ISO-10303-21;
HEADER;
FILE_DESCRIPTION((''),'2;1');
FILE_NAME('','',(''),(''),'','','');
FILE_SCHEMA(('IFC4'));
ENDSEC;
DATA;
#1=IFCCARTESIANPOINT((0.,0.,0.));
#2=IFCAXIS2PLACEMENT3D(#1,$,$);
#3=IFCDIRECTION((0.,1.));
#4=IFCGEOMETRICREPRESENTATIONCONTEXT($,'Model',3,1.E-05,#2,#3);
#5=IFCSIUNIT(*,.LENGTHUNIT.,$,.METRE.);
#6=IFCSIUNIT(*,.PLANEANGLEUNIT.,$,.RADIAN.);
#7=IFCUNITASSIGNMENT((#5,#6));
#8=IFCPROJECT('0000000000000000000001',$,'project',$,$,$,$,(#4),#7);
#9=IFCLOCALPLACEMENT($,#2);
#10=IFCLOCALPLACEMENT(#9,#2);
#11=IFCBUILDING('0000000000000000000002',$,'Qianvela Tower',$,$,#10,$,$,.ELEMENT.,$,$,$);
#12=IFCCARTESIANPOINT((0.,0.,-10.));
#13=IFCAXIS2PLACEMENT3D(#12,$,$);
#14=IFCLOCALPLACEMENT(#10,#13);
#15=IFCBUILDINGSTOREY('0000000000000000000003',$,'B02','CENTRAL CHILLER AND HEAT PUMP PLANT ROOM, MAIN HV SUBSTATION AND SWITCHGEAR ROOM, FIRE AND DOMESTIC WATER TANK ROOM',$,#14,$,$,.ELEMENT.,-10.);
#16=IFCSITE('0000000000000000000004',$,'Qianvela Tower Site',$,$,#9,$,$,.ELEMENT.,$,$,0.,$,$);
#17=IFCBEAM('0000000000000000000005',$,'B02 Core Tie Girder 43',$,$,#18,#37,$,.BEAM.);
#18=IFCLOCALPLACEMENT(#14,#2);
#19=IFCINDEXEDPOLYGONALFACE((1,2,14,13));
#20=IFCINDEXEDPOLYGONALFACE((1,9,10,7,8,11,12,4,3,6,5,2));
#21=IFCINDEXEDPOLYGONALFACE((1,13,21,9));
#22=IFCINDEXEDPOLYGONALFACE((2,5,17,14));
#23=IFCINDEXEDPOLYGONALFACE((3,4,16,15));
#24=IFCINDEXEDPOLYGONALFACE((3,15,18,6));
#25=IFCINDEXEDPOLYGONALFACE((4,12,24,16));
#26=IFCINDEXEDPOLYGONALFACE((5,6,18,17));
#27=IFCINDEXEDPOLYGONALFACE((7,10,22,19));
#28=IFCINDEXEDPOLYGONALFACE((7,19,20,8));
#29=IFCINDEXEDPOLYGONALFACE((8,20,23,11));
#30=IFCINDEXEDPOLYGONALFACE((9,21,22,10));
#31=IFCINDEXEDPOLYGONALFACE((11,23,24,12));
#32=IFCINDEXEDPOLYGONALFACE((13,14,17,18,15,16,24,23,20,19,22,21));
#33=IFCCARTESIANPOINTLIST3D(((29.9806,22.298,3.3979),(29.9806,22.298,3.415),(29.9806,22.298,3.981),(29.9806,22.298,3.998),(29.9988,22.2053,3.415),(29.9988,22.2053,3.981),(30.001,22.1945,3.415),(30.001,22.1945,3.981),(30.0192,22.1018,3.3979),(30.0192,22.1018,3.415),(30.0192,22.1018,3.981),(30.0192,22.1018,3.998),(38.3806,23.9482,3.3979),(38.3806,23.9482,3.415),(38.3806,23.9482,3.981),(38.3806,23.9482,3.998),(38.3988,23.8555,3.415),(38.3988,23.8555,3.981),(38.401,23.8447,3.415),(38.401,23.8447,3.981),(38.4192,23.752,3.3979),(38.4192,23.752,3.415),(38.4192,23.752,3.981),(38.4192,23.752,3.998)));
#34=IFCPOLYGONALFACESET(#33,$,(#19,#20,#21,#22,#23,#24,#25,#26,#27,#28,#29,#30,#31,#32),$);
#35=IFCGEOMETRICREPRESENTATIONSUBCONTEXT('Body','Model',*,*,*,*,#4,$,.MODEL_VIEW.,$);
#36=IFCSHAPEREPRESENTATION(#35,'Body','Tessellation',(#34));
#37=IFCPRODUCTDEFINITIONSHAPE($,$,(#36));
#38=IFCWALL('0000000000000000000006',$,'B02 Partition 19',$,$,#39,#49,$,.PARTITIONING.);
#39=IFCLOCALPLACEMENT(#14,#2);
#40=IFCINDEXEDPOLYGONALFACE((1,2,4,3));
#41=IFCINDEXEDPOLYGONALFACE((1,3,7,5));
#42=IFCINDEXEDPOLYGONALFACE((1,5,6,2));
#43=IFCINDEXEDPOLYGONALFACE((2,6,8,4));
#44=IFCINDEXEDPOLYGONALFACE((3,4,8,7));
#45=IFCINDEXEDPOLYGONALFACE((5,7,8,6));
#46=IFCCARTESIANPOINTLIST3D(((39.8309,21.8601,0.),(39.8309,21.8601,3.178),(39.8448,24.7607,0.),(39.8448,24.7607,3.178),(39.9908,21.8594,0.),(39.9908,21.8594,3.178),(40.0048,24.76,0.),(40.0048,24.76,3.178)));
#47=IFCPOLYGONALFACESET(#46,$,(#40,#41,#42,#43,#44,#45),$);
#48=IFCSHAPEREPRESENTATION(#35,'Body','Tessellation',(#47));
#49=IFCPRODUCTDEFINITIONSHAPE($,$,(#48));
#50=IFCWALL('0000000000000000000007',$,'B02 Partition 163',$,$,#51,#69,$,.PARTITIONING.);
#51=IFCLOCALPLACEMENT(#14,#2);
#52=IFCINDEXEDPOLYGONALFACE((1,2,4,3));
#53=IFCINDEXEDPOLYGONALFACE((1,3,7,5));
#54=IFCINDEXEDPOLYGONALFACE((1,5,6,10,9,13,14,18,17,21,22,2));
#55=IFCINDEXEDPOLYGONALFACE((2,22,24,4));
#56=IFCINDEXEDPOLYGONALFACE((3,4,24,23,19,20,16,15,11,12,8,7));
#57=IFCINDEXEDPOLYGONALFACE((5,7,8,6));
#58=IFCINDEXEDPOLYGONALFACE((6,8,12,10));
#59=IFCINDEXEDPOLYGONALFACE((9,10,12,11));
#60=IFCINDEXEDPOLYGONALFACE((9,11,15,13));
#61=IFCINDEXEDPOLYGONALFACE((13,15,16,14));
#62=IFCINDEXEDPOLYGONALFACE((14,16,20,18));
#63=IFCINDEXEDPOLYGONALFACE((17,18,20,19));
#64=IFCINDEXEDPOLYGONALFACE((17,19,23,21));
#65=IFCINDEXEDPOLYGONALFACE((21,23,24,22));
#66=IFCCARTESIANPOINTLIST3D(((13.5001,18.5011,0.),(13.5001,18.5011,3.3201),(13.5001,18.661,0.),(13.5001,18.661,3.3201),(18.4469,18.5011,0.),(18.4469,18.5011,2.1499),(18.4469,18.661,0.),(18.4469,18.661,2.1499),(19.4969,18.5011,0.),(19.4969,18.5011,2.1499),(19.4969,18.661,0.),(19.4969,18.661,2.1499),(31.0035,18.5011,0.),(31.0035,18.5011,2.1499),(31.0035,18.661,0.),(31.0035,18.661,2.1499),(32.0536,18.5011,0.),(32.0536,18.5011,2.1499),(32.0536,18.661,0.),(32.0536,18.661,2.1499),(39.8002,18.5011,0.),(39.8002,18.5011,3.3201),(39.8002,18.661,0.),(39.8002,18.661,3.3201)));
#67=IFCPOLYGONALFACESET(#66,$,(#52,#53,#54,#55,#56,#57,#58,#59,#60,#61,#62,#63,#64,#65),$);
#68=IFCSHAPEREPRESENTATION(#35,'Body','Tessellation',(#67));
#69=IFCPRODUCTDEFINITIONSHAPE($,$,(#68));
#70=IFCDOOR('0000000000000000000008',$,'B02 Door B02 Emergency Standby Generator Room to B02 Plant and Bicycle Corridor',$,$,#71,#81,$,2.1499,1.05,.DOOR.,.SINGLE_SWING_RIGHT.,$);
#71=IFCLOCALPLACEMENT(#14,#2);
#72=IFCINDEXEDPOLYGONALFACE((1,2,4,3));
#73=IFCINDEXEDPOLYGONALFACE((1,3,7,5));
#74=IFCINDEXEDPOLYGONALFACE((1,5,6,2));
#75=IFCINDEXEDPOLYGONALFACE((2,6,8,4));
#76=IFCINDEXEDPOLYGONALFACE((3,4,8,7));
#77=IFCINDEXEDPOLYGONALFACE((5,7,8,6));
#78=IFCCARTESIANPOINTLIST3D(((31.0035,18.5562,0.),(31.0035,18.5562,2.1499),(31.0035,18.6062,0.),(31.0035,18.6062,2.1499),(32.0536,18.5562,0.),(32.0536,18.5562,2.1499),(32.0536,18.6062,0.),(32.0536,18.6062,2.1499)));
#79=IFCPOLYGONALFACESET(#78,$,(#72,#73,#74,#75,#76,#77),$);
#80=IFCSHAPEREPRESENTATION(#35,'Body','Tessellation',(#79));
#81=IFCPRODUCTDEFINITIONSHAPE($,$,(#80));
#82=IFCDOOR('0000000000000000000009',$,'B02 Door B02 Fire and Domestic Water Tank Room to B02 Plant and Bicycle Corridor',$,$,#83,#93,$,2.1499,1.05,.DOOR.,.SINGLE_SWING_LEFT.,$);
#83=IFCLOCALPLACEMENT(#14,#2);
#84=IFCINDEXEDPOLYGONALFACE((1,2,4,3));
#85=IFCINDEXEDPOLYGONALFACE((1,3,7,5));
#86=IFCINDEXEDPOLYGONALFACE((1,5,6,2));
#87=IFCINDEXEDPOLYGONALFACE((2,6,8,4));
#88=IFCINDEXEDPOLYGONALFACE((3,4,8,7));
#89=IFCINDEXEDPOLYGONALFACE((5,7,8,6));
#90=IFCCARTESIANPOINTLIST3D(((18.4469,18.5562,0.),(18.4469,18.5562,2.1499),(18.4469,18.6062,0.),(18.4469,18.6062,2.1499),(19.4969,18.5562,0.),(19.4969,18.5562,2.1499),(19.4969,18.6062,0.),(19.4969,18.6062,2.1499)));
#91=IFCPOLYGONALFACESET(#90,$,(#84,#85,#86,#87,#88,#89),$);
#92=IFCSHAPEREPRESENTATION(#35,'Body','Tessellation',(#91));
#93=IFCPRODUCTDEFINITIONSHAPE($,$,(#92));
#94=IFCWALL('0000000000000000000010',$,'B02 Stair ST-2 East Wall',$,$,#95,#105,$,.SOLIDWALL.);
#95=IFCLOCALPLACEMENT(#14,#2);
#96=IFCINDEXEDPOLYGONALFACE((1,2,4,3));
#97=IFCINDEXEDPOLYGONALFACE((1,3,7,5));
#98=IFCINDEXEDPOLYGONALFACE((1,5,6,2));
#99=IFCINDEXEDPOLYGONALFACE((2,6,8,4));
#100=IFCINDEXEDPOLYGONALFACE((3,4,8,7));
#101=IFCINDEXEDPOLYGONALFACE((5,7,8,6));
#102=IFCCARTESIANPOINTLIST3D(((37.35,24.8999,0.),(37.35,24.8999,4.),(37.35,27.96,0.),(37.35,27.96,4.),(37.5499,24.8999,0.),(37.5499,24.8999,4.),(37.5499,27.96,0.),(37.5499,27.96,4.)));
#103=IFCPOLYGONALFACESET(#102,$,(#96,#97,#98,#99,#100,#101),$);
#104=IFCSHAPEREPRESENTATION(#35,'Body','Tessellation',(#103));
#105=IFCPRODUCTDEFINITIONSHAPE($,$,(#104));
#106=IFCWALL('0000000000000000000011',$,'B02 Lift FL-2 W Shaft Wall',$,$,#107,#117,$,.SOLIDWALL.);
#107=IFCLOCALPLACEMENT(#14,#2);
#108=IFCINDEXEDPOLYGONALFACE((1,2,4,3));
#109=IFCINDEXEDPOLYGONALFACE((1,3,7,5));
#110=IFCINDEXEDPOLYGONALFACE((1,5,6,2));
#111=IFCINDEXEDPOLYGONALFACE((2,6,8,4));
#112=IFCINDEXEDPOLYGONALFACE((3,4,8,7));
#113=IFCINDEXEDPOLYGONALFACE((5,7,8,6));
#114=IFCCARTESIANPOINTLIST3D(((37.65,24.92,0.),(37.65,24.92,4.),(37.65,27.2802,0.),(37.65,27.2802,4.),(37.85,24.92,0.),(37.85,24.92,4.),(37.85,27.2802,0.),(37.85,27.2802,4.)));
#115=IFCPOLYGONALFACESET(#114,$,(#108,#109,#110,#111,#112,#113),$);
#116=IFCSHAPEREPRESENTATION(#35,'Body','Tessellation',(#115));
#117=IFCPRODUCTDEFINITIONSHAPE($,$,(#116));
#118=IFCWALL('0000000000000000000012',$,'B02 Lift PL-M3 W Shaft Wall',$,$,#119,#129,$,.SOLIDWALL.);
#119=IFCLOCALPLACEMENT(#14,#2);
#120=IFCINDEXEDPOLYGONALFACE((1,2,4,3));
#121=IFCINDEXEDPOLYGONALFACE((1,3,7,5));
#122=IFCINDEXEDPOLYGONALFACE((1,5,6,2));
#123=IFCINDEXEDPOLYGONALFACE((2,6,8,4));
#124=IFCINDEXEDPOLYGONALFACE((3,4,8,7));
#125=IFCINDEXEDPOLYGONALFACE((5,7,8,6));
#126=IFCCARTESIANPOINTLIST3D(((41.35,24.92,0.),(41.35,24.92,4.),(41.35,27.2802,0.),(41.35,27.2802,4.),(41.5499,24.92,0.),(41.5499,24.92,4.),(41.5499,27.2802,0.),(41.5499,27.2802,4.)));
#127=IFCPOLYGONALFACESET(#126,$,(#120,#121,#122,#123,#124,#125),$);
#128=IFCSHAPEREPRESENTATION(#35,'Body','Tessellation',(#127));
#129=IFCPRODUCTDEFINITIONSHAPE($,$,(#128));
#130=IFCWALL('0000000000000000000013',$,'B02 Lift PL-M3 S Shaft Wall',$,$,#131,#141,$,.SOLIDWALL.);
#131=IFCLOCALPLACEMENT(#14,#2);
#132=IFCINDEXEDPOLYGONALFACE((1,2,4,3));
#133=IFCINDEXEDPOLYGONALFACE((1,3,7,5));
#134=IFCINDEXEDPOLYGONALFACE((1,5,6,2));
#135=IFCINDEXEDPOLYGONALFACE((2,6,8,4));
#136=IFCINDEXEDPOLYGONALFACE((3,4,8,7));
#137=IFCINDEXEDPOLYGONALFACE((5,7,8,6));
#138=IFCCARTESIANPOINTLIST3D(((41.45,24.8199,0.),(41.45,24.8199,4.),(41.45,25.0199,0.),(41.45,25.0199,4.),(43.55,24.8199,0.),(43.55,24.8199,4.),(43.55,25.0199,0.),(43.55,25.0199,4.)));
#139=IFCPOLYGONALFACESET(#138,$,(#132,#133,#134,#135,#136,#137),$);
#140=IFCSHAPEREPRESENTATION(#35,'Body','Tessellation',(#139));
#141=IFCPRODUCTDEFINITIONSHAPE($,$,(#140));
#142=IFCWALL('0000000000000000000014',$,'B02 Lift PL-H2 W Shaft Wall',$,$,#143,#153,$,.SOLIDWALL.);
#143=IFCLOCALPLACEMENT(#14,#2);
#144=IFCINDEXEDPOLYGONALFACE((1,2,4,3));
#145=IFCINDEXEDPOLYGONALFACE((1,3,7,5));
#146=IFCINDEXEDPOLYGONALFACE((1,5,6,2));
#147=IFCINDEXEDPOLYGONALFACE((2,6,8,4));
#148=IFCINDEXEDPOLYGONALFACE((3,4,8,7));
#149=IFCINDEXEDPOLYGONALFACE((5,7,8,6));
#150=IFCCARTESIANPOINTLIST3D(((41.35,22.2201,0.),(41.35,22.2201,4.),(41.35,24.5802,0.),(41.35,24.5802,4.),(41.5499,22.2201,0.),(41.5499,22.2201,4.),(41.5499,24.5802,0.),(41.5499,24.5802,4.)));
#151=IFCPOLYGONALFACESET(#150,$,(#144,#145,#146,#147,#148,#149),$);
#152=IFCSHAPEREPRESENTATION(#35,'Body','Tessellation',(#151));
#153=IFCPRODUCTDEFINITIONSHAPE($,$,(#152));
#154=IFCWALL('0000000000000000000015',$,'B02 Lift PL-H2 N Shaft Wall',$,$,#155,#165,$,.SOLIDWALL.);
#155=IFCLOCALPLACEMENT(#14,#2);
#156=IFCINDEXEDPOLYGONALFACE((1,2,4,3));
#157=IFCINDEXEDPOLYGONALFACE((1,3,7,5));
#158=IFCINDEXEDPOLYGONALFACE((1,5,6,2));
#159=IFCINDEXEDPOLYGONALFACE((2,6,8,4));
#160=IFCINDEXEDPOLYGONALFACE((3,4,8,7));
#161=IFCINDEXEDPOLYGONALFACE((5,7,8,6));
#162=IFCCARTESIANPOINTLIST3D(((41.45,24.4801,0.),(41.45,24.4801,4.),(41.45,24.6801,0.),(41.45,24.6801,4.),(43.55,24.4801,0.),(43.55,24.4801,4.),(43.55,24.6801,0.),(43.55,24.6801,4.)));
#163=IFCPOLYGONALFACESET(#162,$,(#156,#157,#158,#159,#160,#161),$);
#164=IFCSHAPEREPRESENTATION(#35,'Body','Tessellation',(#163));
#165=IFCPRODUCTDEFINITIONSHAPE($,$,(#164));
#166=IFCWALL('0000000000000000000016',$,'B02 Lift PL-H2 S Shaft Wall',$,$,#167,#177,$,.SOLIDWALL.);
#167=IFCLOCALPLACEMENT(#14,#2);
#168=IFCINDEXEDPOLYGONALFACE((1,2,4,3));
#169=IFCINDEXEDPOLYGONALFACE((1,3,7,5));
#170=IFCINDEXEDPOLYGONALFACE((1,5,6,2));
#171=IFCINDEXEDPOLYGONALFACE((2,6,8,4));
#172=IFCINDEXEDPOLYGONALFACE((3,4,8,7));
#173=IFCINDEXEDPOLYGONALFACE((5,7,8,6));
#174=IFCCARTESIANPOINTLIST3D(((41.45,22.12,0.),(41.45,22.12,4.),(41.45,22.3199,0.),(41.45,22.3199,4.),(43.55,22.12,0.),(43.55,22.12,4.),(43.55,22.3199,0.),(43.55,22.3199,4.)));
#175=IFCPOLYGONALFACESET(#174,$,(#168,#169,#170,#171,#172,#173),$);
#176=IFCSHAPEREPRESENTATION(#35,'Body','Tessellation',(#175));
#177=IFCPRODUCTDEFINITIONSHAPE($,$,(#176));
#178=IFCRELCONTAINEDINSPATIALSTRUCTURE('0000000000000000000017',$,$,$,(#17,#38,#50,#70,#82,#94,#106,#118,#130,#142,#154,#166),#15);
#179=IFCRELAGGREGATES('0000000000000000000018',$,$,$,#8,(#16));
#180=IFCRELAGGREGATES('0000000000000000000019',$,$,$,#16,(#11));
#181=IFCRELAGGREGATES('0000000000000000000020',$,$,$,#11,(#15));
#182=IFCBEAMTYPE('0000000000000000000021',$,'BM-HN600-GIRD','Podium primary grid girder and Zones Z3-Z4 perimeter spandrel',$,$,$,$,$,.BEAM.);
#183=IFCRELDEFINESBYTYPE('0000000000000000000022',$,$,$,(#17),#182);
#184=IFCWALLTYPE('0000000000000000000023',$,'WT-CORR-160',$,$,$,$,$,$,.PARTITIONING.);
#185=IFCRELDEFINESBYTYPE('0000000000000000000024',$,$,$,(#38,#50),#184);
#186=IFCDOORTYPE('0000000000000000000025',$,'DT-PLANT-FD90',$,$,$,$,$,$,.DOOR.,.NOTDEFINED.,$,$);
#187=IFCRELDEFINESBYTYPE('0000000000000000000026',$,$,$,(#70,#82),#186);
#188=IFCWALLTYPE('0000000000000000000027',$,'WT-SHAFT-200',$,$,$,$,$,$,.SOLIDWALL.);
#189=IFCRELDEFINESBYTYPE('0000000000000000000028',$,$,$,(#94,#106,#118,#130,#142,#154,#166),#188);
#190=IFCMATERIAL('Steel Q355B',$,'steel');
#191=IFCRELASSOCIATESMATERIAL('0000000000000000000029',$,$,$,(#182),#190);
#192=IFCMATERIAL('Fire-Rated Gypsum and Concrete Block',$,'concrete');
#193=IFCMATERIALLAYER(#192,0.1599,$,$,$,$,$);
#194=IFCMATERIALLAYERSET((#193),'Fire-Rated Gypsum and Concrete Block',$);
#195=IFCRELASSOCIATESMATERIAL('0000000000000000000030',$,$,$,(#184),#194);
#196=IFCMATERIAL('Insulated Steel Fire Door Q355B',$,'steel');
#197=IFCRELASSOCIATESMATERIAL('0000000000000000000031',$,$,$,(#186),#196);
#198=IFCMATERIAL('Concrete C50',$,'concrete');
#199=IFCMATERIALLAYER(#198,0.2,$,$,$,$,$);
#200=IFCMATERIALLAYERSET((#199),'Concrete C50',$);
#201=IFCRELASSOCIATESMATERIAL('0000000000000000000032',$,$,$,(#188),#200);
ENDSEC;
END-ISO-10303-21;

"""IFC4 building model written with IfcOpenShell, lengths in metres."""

from ifc_helpers import new_model, si_unit, direction, frame, frame_2d, origin, origin_2d, place, context, subcontext, project, spatial, rectangle, i_section, extrude, material, layer, layer_set, material_profile, profile_set, type_object, element, fill, save


model = new_model("IFC4")

# Units and contexts
model_context = context("Model", 3, precision=1e-05, world=origin(), true_north=direction((0.0, 1.0)))
body_context = subcontext(model_context, "Body", "Model", "MODEL_VIEW")
ifc_project = project(units=[si_unit("LENGTHUNIT", "METRE"), si_unit("PLANEANGLEUNIT", "RADIAN")], contexts=[model_context])

# Site, building, storey
site_placement = place(None, origin())
site = spatial("IfcSite", under=ifc_project, at=site_placement, Name="Qianvela Tower Site", CompositionType="ELEMENT", RefElevation=0.0)
building_placement = place(site_placement, origin())
building = spatial("IfcBuilding", under=site, at=building_placement, Name="Qianvela Tower", CompositionType="ELEMENT")
storey_placement = place(building_placement, frame((0.0, 0.0, -10.0)))
storey = spatial("IfcBuildingStorey", under=building, at=storey_placement, Name="B02", Description="CENTRAL CHILLER AND HEAT PUMP PLANT ROOM, MAIN HV SUBSTATION AND SWITCHGEAR ROOM, FIRE AND DOMESTIC WATER TANK ROOM", CompositionType="ELEMENT", Elevation=-10.0)

# Beam
ifc_material_1 = material(Name="Steel Q355B", Category="steel")
ifc_material_profile_1 = material_profile(ifc_material_1, i_section(OverallWidth=0.2, OverallDepth=0.6001, WebThickness=0.011, FlangeThickness=0.0171, at=origin_2d()), Name="HN600x200x11x17")
ifc_profile_set_1 = profile_set([ifc_material_profile_1], Name="Steel Q355B")
beam_type = type_object("IfcBeamType", Name="BM-HN600-GIRD", Description="Podium primary grid girder and Zones Z3-Z4 perimeter spandrel", PredefinedType="BEAM", material=ifc_profile_set_1)
beam_1_placement = place(storey_placement, frame((38.3999, 23.8501, 3.698), z_axis=(-0.981245, -0.192764, 0.0), x_axis=(0.192764, -0.981245, 0.0)))
element("IfcBeam", 1, at=beam_1_placement, inside=storey, type_object=beam_type, Name="B02 Core Tie Girder 43", PredefinedType="BEAM", context=body_context, shape_type="SweptSolid", body=[
    extrude(i_section(OverallWidth=0.2, OverallDepth=0.6001, WebThickness=0.011, FlangeThickness=0.0171, at=origin_2d()), origin(), (0.0, 0.0, 1.0), 8.5605),
])

# Wall
ifc_material_2 = material(Name="Fire-Rated Gypsum and Concrete Block", Category="concrete")
ifc_layer_1 = layer(ifc_material_2, 0.1599)
ifc_layer_set_1 = layer_set([ifc_layer_1], Name="Fire-Rated Gypsum and Concrete Block")
wall_type_1 = type_object("IfcWallType", Name="WT-CORR-160", PredefinedType="PARTITIONING", material=ifc_layer_set_1)
wall_1_placement = place(storey_placement, frame((39.9109, 21.8599, 0.0), z_axis=(0.0, 0.0, 1.0), x_axis=(0.004798, 0.999988, 0.0)))
element("IfcWall", 2, at=wall_1_placement, inside=storey, type_object=wall_type_1, Name="B02 Partition 19", PredefinedType="PARTITIONING", context=body_context, shape_type="SweptSolid", body=[
    extrude(rectangle(XDim=2.9006, YDim=0.1599, at=frame_2d((1.4502, 0.0))), origin(), (0.0, 0.0, 1.0), 3.178),
])

# Wall, openings, doors
wall_2_placement = place(storey_placement, frame((39.8, 18.5811, 0.0), z_axis=(0.0, 0.0, 1.0), x_axis=(-1.0, 0.0, 0.0)))
wall_2 = element("IfcWall", 3, at=wall_2_placement, inside=storey, type_object=wall_type_1, Name="B02 Partition 163", PredefinedType="PARTITIONING", context=body_context, shape_type="SweptSolid", body=[
    extrude(rectangle(XDim=26.3, YDim=0.1599, at=frame_2d((13.1499, 0.0))), origin(), (0.0, 0.0, 1.0), 3.3201),
])
opening_1_placement = place(wall_2_placement, frame((7.7466, 0.0, 0.0)))
opening_1 = element("IfcOpeningElement", 4, at=opening_1_placement, cuts=wall_2, PredefinedType="OPENING", context=body_context, shape_type="SweptSolid", body=[
    extrude(rectangle(XDim=1.05, YDim=2.1499, at=frame_2d((0.5249, 1.075))), frame((0.0, 0.0898, 0.0), z_axis=(0.0, -1.0, 0.0), x_axis=(1.0, 0.0, 0.0)), (0.0, 0.0, 1.0), 0.1799),
])
opening_2_placement = place(wall_2_placement, frame((20.3032, 0.0, 0.0)))
opening_2 = element("IfcOpeningElement", 5, at=opening_2_placement, cuts=wall_2, PredefinedType="OPENING", context=body_context, shape_type="SweptSolid", body=[
    extrude(rectangle(XDim=1.05, YDim=2.1499, at=frame_2d((0.5249, 1.075))), frame((0.0, 0.0898, 0.0), z_axis=(0.0, -1.0, 0.0), x_axis=(1.0, 0.0, 0.0)), (0.0, 0.0, 1.0), 0.1799),
])
ifc_material_3 = material(Name="Insulated Steel Fire Door Q355B", Category="steel")
door_type_1 = type_object("IfcDoorType", Name="DT-PLANT-FD90", OperationType="NOTDEFINED", PredefinedType="DOOR", material=ifc_material_3)
door_1_placement = place(opening_1_placement, origin())
door_1 = element("IfcDoor", 6, at=door_1_placement, inside=storey, type_object=door_type_1, Name="B02 Door B02 Emergency Standby Generator Room to B02 Plant and Bicycle Corridor", OperationType="SINGLE_SWING_RIGHT", OverallHeight=2.1499, OverallWidth=1.05, PredefinedType="DOOR", context=body_context, shape_type="SweptSolid", body=[
    extrude(rectangle(XDim=1.05, YDim=2.1499, at=frame_2d((0.5249, 1.075))), frame((0.0, 0.0249, 0.0), z_axis=(0.0, -1.0, 0.0), x_axis=(1.0, 0.0, 0.0)), (0.0, 0.0, 1.0), 0.05),
])
fill(opening_1, door_1)
door_2_placement = place(opening_2_placement, origin())
door_2 = element("IfcDoor", 7, at=door_2_placement, inside=storey, type_object=door_type_1, Name="B02 Door B02 Fire and Domestic Water Tank Room to B02 Plant and Bicycle Corridor", OperationType="SINGLE_SWING_LEFT", OverallHeight=2.1499, OverallWidth=1.05, PredefinedType="DOOR", context=body_context, shape_type="SweptSolid", body=[
    extrude(rectangle(XDim=1.05, YDim=2.1499, at=frame_2d((0.5249, 1.075))), frame((0.0, 0.0249, 0.0), z_axis=(0.0, -1.0, 0.0), x_axis=(1.0, 0.0, 0.0)), (0.0, 0.0, 1.0), 0.05),
])
fill(opening_2, door_2)

# Wall
ifc_material_4 = material(Name="Concrete C50", Category="concrete")
ifc_layer_2 = layer(ifc_material_4, 0.2)
ifc_layer_set_2 = layer_set([ifc_layer_2], Name="Concrete C50")
wall_type_2 = type_object("IfcWallType", Name="WT-SHAFT-200", PredefinedType="SOLIDWALL", material=ifc_layer_set_2)
wall_3_placement = place(storey_placement, frame((37.45, 24.8999, 0.0), z_axis=(0.0, 0.0, 1.0), x_axis=(0.0, 1.0, 0.0)))
element("IfcWall", 8, at=wall_3_placement, inside=storey, type_object=wall_type_2, Name="B02 Stair ST-2 East Wall", PredefinedType="SOLIDWALL", context=body_context, shape_type="SweptSolid", body=[
    extrude(rectangle(XDim=3.0601, YDim=0.2, at=frame_2d((1.53, 0.0))), origin(), (0.0, 0.0, 1.0), 4.0),
])

# Walls
for number, where, z_axis, x_axis, name in (
    (9, (37.75, 24.9199, 0.0), (0.0, 0.0, 1.0), (0.0, 1.0, 0.0), "B02 Lift FL-2 W Shaft Wall"),
    (10, (41.45, 24.9199, 0.0), (0.0, 0.0, 1.0), (0.0, 1.0, 0.0), "B02 Lift PL-M3 W Shaft Wall"),
):
    element("IfcWall", number, at=place(storey_placement, frame(where, z_axis=z_axis, x_axis=x_axis)), inside=storey, type_object=wall_type_2, Name=name, PredefinedType="SOLIDWALL", context=body_context, shape_type="SweptSolid", body=[
        extrude(rectangle(XDim=2.3601, YDim=0.2, at=frame_2d((1.1802, 0.0))), origin(), (0.0, 0.0, 1.0), 4.0),
    ])
wall_4_placement = place(storey_placement, frame((41.45, 24.9199, 0.0), z_axis=(0.0, 0.0, 1.0), x_axis=(1.0, 0.0, 0.0)))
element("IfcWall", 11, at=wall_4_placement, inside=storey, type_object=wall_type_2, Name="B02 Lift PL-M3 S Shaft Wall", PredefinedType="SOLIDWALL", context=body_context, shape_type="SweptSolid", body=[
    extrude(rectangle(XDim=2.1001, YDim=0.2, at=frame_2d((1.05, 0.0))), origin(), (0.0, 0.0, 1.0), 4.0),
])
wall_5_placement = place(storey_placement, frame((41.45, 22.22, 0.0), z_axis=(0.0, 0.0, 1.0), x_axis=(0.0, 1.0, 0.0)))
element("IfcWall", 12, at=wall_5_placement, inside=storey, type_object=wall_type_2, Name="B02 Lift PL-H2 W Shaft Wall", PredefinedType="SOLIDWALL", context=body_context, shape_type="SweptSolid", body=[
    extrude(rectangle(XDim=2.3601, YDim=0.2, at=frame_2d((1.1802, 0.0))), origin(), (0.0, 0.0, 1.0), 4.0),
])
for number, where, z_axis, x_axis, name in (
    (13, (41.45, 24.5801, 0.0), (0.0, 0.0, 1.0), (1.0, 0.0, 0.0), "B02 Lift PL-H2 N Shaft Wall"),
    (14, (41.45, 22.22, 0.0), (0.0, 0.0, 1.0), (1.0, 0.0, 0.0), "B02 Lift PL-H2 S Shaft Wall"),
):
    element("IfcWall", number, at=place(storey_placement, frame(where, z_axis=z_axis, x_axis=x_axis)), inside=storey, type_object=wall_type_2, Name=name, PredefinedType="SOLIDWALL", context=body_context, shape_type="SweptSolid", body=[
        extrude(rectangle(XDim=2.1001, YDim=0.2, at=frame_2d((1.05, 0.0))), origin(), (0.0, 0.0, 1.0), 4.0),
    ])

save(model, "model.ifc")
